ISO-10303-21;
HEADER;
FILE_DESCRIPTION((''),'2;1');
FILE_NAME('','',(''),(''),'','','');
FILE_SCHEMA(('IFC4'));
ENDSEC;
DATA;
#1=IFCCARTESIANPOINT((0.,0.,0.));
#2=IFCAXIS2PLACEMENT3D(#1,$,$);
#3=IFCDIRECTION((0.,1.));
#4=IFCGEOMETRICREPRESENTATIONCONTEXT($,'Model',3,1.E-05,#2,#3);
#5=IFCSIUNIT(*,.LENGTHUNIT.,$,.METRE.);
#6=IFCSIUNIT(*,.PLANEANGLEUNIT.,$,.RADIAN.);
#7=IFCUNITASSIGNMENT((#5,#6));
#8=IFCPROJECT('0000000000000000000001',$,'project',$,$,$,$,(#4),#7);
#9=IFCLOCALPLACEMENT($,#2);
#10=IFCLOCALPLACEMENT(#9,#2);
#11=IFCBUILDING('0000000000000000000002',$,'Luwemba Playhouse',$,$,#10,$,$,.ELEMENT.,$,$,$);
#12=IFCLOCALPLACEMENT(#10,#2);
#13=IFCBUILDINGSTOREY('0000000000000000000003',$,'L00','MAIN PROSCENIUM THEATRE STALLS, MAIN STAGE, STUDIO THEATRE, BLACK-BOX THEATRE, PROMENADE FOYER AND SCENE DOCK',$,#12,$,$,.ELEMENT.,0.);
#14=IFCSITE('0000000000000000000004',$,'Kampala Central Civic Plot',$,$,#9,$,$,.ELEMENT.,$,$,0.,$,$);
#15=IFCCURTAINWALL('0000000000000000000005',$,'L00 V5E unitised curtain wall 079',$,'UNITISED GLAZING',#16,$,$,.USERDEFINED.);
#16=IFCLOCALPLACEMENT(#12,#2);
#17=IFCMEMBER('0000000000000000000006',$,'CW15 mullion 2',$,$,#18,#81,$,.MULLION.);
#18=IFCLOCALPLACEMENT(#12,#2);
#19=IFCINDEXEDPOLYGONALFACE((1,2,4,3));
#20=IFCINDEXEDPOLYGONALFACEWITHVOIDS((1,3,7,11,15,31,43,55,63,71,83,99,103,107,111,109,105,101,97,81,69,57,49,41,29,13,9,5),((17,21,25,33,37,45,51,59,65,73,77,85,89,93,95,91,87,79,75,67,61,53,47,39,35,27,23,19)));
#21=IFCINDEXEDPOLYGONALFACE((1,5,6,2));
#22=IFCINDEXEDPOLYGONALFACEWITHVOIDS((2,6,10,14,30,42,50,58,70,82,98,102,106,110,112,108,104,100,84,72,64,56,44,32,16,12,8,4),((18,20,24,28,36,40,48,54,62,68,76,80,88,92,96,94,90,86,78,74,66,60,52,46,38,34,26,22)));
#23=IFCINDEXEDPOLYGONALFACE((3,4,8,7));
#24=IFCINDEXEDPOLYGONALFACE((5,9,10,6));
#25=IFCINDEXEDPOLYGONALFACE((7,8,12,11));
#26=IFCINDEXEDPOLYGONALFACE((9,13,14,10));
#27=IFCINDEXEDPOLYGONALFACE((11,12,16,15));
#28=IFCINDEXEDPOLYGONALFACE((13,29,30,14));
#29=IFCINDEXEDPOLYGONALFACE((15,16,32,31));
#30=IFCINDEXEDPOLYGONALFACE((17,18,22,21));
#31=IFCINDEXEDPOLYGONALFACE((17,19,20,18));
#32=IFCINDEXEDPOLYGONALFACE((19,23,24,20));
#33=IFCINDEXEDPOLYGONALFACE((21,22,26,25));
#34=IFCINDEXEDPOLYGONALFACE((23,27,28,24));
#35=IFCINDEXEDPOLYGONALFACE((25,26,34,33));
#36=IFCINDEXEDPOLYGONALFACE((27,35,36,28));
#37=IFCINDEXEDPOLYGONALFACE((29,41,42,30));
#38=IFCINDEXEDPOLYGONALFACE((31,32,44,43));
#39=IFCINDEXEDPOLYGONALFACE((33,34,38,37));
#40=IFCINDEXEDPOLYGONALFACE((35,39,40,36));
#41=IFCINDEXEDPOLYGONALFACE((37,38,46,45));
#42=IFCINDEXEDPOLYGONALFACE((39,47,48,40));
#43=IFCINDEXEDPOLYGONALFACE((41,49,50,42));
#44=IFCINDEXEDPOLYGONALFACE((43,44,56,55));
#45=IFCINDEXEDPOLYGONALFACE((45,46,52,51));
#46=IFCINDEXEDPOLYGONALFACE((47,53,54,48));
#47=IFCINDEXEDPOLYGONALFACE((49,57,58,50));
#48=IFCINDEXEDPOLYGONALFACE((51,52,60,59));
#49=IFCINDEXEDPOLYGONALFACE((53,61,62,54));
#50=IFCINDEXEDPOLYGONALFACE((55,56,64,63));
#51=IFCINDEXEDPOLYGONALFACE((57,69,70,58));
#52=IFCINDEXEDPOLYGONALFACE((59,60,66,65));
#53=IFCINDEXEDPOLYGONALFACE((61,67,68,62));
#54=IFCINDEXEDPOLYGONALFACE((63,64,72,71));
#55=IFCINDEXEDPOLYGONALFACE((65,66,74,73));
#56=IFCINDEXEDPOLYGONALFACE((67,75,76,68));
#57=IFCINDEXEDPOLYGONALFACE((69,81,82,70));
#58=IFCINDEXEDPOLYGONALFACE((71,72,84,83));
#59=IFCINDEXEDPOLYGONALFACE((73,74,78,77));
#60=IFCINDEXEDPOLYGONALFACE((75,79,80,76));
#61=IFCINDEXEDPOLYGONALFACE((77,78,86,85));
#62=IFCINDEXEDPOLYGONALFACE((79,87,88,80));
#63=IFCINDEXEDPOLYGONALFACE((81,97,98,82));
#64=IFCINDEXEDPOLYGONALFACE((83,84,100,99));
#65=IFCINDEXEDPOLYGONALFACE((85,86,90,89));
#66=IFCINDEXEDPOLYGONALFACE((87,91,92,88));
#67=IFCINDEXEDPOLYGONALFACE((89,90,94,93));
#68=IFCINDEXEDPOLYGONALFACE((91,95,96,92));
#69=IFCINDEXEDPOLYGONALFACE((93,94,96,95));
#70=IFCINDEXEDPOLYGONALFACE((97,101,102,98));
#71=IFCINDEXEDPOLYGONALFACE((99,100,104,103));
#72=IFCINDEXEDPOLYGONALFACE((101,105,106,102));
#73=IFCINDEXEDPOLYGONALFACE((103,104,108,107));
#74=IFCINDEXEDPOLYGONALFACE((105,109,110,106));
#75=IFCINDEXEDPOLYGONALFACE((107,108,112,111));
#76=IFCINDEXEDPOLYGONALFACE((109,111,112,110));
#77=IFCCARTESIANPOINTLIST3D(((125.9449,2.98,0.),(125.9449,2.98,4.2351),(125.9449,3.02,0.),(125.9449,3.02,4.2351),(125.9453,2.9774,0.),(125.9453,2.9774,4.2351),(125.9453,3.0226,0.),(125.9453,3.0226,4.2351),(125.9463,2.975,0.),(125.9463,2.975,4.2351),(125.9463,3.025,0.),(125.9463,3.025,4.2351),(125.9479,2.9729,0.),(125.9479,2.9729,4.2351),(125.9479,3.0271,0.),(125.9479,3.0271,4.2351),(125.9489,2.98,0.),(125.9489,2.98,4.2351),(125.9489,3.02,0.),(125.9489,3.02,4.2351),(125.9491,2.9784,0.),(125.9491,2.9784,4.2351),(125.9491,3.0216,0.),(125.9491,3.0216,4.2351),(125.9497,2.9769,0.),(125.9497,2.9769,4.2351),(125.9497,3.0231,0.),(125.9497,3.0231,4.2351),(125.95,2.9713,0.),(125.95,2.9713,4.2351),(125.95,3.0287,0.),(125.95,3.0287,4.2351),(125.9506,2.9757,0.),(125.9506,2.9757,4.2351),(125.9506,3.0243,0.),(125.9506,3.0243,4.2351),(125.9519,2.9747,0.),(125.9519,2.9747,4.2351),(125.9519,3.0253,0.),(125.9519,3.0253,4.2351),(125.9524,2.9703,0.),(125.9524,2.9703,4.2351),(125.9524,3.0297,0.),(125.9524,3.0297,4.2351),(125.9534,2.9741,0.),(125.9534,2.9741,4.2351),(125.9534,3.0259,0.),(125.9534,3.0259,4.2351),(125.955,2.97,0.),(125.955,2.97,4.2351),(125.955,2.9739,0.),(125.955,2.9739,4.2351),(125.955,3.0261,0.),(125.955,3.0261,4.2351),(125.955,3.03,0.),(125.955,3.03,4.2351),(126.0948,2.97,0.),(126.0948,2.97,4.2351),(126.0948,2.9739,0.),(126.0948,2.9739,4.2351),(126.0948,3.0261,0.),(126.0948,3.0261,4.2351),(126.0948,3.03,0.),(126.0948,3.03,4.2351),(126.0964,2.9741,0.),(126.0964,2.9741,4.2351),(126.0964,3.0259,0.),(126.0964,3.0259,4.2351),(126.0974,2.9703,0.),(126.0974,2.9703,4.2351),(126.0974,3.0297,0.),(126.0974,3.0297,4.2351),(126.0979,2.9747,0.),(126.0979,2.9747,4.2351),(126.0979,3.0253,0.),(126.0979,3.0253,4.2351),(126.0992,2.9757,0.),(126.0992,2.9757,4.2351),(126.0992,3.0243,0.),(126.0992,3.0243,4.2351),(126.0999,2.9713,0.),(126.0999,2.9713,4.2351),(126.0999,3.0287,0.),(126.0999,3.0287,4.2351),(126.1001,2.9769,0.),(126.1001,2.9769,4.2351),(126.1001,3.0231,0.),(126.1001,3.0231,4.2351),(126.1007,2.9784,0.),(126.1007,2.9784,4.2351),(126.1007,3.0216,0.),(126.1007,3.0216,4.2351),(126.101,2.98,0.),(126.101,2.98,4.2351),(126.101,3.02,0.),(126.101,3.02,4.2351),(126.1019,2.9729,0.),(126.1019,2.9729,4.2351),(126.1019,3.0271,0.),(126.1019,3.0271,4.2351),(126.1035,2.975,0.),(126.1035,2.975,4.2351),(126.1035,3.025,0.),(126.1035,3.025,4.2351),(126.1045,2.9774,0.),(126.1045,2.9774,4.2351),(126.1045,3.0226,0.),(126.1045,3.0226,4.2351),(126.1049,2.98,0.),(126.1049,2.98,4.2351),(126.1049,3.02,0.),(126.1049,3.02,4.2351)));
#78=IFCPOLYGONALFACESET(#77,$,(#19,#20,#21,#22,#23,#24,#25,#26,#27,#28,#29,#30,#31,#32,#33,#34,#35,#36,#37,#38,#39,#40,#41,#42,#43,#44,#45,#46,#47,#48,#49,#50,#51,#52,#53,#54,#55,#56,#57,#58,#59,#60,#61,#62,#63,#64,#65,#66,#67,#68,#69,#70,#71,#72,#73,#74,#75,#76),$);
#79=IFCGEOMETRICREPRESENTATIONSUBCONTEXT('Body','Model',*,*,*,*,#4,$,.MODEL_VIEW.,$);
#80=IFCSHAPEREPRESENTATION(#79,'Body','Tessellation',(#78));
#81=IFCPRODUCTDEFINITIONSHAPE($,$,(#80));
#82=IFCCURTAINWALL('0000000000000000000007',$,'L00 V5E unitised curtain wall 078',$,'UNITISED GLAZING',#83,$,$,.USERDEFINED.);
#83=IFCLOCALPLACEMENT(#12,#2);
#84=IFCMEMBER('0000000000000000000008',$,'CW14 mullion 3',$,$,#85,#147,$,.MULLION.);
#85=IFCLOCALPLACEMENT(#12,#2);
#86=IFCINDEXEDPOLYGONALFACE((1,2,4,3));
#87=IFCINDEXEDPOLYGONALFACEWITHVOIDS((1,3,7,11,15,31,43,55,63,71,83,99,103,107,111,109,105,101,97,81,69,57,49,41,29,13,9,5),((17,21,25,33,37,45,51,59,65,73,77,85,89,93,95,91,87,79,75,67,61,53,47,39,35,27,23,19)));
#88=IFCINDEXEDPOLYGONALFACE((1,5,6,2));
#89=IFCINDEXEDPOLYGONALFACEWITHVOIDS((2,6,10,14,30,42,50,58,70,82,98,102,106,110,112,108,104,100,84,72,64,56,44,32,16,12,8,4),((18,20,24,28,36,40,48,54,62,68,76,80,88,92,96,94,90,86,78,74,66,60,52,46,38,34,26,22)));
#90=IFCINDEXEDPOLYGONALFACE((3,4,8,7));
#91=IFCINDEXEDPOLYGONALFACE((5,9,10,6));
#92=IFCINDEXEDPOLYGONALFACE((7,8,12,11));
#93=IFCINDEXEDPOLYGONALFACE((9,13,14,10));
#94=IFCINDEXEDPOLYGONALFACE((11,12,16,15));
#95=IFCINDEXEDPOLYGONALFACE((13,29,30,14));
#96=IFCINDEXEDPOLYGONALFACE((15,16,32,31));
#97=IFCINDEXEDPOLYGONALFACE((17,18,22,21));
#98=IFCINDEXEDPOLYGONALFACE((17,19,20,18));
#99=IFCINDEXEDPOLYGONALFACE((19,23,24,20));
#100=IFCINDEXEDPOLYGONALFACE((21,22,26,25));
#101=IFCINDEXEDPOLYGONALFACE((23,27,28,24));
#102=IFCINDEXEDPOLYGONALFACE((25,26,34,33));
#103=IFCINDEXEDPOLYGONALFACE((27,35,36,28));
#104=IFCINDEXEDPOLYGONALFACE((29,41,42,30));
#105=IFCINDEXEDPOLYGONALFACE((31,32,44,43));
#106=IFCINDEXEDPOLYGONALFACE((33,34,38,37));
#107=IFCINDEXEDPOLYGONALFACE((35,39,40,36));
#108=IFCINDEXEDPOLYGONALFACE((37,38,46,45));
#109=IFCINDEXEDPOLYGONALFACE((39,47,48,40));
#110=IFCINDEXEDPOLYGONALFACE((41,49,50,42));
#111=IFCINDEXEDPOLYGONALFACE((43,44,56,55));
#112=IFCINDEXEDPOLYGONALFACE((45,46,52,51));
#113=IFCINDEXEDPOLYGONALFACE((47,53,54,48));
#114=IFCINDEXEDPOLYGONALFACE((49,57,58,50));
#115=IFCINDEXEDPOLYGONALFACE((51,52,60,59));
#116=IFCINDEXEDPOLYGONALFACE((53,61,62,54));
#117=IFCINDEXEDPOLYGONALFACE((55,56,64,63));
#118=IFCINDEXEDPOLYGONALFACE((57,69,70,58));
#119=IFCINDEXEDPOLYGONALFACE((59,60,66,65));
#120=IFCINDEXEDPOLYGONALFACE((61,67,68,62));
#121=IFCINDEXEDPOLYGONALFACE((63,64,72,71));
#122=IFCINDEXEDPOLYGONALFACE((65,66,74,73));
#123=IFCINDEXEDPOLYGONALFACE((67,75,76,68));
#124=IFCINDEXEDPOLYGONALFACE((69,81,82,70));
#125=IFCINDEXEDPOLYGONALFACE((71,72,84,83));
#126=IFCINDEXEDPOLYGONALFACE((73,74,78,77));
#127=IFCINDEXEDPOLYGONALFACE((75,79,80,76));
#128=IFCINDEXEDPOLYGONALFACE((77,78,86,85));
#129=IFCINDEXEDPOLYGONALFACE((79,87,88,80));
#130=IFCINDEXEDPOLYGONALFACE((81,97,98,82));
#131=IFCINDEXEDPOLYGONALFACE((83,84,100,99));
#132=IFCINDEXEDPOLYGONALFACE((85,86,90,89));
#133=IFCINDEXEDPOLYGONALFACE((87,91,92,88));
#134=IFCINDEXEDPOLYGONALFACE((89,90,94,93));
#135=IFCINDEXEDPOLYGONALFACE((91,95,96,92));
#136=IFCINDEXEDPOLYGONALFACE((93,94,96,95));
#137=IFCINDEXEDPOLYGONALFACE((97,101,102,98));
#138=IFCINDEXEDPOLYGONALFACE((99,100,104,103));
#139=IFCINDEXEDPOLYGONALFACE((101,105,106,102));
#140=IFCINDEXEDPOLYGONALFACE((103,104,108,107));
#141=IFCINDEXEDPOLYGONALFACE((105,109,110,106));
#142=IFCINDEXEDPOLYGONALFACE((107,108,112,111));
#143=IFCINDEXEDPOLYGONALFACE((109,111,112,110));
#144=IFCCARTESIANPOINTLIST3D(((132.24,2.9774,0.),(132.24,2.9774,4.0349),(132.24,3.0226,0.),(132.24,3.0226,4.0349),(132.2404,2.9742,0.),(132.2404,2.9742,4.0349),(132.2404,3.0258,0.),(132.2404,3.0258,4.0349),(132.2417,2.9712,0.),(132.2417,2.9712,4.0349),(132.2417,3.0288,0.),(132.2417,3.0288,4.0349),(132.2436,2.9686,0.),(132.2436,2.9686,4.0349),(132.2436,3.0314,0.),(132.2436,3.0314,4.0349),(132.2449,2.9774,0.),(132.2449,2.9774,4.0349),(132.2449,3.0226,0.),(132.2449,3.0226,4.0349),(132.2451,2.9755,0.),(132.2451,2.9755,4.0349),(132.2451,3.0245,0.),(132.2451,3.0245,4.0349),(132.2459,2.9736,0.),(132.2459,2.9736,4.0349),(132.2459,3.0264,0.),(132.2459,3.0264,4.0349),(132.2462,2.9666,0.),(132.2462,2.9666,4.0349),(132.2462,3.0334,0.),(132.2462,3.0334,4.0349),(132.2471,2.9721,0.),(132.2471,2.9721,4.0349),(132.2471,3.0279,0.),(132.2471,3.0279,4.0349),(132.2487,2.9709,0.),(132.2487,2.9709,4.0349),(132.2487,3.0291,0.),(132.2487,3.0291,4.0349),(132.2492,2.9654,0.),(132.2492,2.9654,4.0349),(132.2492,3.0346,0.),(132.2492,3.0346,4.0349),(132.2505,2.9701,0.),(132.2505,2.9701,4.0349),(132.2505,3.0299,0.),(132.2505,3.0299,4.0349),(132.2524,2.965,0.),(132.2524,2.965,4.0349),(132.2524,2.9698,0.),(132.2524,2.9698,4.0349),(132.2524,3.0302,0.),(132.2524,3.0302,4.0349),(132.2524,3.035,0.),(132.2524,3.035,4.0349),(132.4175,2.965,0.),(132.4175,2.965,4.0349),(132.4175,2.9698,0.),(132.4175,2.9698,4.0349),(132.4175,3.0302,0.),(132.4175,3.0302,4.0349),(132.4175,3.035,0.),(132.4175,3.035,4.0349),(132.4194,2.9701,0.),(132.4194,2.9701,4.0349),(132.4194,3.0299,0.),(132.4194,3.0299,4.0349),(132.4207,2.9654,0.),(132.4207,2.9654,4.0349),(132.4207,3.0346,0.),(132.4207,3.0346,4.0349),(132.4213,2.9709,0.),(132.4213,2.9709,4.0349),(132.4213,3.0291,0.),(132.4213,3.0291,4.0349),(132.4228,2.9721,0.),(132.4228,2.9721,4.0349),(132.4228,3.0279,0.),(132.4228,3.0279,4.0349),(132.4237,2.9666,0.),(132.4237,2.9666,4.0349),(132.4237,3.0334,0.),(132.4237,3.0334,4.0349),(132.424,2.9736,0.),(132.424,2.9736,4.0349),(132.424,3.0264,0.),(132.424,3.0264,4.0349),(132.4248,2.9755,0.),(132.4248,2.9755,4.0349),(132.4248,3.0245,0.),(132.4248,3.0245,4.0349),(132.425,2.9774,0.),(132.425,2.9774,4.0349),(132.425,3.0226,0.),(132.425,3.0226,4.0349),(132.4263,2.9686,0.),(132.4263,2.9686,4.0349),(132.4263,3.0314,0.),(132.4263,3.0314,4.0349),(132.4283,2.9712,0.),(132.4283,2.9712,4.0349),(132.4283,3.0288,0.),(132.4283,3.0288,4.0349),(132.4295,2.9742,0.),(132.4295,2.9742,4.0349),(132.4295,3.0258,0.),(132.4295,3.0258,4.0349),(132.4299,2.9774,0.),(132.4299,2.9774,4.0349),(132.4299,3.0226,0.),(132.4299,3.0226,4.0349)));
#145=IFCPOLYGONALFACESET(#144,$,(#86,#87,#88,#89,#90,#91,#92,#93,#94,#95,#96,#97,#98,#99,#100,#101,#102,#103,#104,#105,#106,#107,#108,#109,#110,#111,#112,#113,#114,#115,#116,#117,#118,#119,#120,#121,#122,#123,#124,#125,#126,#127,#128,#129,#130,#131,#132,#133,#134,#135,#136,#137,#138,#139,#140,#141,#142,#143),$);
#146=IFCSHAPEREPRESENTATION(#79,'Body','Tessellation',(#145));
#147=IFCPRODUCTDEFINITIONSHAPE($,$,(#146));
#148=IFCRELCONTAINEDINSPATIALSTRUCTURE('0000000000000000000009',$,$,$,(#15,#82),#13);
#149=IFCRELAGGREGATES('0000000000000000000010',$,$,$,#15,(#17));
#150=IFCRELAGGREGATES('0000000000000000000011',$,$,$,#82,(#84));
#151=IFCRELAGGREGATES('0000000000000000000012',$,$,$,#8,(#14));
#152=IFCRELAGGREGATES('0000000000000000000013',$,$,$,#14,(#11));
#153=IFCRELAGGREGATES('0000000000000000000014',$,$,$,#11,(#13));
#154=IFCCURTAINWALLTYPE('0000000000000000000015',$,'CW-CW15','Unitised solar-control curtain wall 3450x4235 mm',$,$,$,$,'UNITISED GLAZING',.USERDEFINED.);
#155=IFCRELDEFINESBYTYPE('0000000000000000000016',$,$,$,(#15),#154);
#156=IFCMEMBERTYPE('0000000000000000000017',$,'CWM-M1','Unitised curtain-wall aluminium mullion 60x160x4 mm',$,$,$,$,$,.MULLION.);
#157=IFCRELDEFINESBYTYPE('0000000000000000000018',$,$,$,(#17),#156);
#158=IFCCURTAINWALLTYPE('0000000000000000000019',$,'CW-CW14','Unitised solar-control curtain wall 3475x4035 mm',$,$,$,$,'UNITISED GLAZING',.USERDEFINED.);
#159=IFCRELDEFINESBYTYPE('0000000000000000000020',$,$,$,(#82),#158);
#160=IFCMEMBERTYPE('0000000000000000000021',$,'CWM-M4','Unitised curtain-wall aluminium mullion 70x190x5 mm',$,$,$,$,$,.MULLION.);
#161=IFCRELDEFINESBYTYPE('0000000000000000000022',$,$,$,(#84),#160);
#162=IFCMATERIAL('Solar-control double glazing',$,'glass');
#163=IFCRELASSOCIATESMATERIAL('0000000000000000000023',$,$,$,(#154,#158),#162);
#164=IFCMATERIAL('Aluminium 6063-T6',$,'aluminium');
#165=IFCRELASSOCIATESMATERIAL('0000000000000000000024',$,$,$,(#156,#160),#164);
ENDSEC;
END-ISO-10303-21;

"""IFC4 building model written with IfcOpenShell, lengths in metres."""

from ifc_helpers import new_model, si_unit, direction, frame, origin, origin_2d, place, context, subcontext, project, spatial, hollow_rectangle, extrude, material, material_profile, profile_set, type_object, element, aggregate, save


model = new_model("IFC4")

# Units and contexts
model_context = context("Model", 3, precision=1e-05, world=origin(), true_north=direction((0.0, 1.0)))
body_context = subcontext(model_context, "Body", "Model", "MODEL_VIEW")
ifc_project = project(units=[si_unit("LENGTHUNIT", "METRE"), si_unit("PLANEANGLEUNIT", "RADIAN")], contexts=[model_context])

# Site, building, storey
site_placement = place(None, origin())
site = spatial("IfcSite", under=ifc_project, at=site_placement, Name="Kampala Central Civic Plot", CompositionType="ELEMENT", RefElevation=0.0)
building_placement = place(site_placement, origin())
building = spatial("IfcBuilding", under=site, at=building_placement, Name="Luwemba Playhouse", CompositionType="ELEMENT")
storey_placement = place(building_placement, origin())
storey = spatial("IfcBuildingStorey", under=building, at=storey_placement, Name="L00", Description="MAIN PROSCENIUM THEATRE STALLS, MAIN STAGE, STUDIO THEATRE, BLACK-BOX THEATRE, PROMENADE FOYER AND SCENE DOCK", CompositionType="ELEMENT", Elevation=0.0)

# Curtain wall, member
ifc_material_1 = material(Name="Solar-control double glazing", Category="glass")
curtain_wall_type_1 = type_object("IfcCurtainWallType", Name="CW-CW15", Description="Unitised solar-control curtain wall 3450x4235 mm", ElementType="UNITISED GLAZING", PredefinedType="USERDEFINED", material=ifc_material_1)
curtain_wall_1_placement = place(storey_placement, origin())
curtain_wall_1 = element("IfcCurtainWall", 1, at=curtain_wall_1_placement, inside=storey, type_object=curtain_wall_type_1, Name="L00 V5E unitised curtain wall 079", ObjectType="UNITISED GLAZING", PredefinedType="USERDEFINED")
ifc_material_2 = material(Name="Aluminium 6063-T6", Category="aluminium")
ifc_material_profile_1 = material_profile(ifc_material_2, hollow_rectangle(XDim=0.0601, YDim=0.1599, WallThickness=0.0039, InnerFilletRadius=0.0061, OuterFilletRadius=0.01, at=origin_2d()))
ifc_profile_set_1 = profile_set([ifc_material_profile_1], Name="Aluminium 6063-T6")
member_type_1 = type_object("IfcMemberType", Name="CWM-M1", Description="Unitised curtain-wall aluminium mullion 60x160x4 mm", PredefinedType="MULLION", material=ifc_profile_set_1)
member_1_placement = place(storey_placement, frame((126.0249, 3.0, 0.0), z_axis=(0.0, 0.0, 1.0), x_axis=(0.0, -1.0, 0.0)))
member_1 = element("IfcMember", 2, at=member_1_placement, type_object=member_type_1, Name="CW15 mullion 2", PredefinedType="MULLION", context=body_context, shape_type="SweptSolid", body=[
    extrude(hollow_rectangle(XDim=0.0601, YDim=0.1599, WallThickness=0.0039, InnerFilletRadius=0.0061, OuterFilletRadius=0.01, at=origin_2d()), origin(), (0.0, 0.0, 1.0), 4.2351),
])

# Curtain wall, member
curtain_wall_type_2 = type_object("IfcCurtainWallType", Name="CW-CW14", Description="Unitised solar-control curtain wall 3475x4035 mm", ElementType="UNITISED GLAZING", PredefinedType="USERDEFINED", material=ifc_material_1)
curtain_wall_2_placement = place(storey_placement, origin())
curtain_wall_2 = element("IfcCurtainWall", 3, at=curtain_wall_2_placement, inside=storey, type_object=curtain_wall_type_2, Name="L00 V5E unitised curtain wall 078", ObjectType="UNITISED GLAZING", PredefinedType="USERDEFINED")
ifc_material_profile_2 = material_profile(ifc_material_2, hollow_rectangle(XDim=0.0701, YDim=0.1899, WallThickness=0.0049, InnerFilletRadius=0.0076, OuterFilletRadius=0.0125, at=origin_2d()))
ifc_profile_set_2 = profile_set([ifc_material_profile_2], Name="Aluminium 6063-T6")
member_type_2 = type_object("IfcMemberType", Name="CWM-M4", Description="Unitised curtain-wall aluminium mullion 70x190x5 mm", PredefinedType="MULLION", material=ifc_profile_set_2)
member_2_placement = place(storey_placement, frame((132.335, 3.0, 0.0), z_axis=(0.0, 0.0, 1.0), x_axis=(0.0, -1.0, 0.0)))
member_2 = element("IfcMember", 4, at=member_2_placement, type_object=member_type_2, Name="CW14 mullion 3", PredefinedType="MULLION", context=body_context, shape_type="SweptSolid", body=[
    extrude(hollow_rectangle(XDim=0.0701, YDim=0.1899, WallThickness=0.0049, InnerFilletRadius=0.0076, OuterFilletRadius=0.0125, at=origin_2d()), origin(), (0.0, 0.0, 1.0), 4.0349),
])

aggregate(curtain_wall_1, [member_1])
aggregate(curtain_wall_2, [member_2])

save(model, "model.ifc")
